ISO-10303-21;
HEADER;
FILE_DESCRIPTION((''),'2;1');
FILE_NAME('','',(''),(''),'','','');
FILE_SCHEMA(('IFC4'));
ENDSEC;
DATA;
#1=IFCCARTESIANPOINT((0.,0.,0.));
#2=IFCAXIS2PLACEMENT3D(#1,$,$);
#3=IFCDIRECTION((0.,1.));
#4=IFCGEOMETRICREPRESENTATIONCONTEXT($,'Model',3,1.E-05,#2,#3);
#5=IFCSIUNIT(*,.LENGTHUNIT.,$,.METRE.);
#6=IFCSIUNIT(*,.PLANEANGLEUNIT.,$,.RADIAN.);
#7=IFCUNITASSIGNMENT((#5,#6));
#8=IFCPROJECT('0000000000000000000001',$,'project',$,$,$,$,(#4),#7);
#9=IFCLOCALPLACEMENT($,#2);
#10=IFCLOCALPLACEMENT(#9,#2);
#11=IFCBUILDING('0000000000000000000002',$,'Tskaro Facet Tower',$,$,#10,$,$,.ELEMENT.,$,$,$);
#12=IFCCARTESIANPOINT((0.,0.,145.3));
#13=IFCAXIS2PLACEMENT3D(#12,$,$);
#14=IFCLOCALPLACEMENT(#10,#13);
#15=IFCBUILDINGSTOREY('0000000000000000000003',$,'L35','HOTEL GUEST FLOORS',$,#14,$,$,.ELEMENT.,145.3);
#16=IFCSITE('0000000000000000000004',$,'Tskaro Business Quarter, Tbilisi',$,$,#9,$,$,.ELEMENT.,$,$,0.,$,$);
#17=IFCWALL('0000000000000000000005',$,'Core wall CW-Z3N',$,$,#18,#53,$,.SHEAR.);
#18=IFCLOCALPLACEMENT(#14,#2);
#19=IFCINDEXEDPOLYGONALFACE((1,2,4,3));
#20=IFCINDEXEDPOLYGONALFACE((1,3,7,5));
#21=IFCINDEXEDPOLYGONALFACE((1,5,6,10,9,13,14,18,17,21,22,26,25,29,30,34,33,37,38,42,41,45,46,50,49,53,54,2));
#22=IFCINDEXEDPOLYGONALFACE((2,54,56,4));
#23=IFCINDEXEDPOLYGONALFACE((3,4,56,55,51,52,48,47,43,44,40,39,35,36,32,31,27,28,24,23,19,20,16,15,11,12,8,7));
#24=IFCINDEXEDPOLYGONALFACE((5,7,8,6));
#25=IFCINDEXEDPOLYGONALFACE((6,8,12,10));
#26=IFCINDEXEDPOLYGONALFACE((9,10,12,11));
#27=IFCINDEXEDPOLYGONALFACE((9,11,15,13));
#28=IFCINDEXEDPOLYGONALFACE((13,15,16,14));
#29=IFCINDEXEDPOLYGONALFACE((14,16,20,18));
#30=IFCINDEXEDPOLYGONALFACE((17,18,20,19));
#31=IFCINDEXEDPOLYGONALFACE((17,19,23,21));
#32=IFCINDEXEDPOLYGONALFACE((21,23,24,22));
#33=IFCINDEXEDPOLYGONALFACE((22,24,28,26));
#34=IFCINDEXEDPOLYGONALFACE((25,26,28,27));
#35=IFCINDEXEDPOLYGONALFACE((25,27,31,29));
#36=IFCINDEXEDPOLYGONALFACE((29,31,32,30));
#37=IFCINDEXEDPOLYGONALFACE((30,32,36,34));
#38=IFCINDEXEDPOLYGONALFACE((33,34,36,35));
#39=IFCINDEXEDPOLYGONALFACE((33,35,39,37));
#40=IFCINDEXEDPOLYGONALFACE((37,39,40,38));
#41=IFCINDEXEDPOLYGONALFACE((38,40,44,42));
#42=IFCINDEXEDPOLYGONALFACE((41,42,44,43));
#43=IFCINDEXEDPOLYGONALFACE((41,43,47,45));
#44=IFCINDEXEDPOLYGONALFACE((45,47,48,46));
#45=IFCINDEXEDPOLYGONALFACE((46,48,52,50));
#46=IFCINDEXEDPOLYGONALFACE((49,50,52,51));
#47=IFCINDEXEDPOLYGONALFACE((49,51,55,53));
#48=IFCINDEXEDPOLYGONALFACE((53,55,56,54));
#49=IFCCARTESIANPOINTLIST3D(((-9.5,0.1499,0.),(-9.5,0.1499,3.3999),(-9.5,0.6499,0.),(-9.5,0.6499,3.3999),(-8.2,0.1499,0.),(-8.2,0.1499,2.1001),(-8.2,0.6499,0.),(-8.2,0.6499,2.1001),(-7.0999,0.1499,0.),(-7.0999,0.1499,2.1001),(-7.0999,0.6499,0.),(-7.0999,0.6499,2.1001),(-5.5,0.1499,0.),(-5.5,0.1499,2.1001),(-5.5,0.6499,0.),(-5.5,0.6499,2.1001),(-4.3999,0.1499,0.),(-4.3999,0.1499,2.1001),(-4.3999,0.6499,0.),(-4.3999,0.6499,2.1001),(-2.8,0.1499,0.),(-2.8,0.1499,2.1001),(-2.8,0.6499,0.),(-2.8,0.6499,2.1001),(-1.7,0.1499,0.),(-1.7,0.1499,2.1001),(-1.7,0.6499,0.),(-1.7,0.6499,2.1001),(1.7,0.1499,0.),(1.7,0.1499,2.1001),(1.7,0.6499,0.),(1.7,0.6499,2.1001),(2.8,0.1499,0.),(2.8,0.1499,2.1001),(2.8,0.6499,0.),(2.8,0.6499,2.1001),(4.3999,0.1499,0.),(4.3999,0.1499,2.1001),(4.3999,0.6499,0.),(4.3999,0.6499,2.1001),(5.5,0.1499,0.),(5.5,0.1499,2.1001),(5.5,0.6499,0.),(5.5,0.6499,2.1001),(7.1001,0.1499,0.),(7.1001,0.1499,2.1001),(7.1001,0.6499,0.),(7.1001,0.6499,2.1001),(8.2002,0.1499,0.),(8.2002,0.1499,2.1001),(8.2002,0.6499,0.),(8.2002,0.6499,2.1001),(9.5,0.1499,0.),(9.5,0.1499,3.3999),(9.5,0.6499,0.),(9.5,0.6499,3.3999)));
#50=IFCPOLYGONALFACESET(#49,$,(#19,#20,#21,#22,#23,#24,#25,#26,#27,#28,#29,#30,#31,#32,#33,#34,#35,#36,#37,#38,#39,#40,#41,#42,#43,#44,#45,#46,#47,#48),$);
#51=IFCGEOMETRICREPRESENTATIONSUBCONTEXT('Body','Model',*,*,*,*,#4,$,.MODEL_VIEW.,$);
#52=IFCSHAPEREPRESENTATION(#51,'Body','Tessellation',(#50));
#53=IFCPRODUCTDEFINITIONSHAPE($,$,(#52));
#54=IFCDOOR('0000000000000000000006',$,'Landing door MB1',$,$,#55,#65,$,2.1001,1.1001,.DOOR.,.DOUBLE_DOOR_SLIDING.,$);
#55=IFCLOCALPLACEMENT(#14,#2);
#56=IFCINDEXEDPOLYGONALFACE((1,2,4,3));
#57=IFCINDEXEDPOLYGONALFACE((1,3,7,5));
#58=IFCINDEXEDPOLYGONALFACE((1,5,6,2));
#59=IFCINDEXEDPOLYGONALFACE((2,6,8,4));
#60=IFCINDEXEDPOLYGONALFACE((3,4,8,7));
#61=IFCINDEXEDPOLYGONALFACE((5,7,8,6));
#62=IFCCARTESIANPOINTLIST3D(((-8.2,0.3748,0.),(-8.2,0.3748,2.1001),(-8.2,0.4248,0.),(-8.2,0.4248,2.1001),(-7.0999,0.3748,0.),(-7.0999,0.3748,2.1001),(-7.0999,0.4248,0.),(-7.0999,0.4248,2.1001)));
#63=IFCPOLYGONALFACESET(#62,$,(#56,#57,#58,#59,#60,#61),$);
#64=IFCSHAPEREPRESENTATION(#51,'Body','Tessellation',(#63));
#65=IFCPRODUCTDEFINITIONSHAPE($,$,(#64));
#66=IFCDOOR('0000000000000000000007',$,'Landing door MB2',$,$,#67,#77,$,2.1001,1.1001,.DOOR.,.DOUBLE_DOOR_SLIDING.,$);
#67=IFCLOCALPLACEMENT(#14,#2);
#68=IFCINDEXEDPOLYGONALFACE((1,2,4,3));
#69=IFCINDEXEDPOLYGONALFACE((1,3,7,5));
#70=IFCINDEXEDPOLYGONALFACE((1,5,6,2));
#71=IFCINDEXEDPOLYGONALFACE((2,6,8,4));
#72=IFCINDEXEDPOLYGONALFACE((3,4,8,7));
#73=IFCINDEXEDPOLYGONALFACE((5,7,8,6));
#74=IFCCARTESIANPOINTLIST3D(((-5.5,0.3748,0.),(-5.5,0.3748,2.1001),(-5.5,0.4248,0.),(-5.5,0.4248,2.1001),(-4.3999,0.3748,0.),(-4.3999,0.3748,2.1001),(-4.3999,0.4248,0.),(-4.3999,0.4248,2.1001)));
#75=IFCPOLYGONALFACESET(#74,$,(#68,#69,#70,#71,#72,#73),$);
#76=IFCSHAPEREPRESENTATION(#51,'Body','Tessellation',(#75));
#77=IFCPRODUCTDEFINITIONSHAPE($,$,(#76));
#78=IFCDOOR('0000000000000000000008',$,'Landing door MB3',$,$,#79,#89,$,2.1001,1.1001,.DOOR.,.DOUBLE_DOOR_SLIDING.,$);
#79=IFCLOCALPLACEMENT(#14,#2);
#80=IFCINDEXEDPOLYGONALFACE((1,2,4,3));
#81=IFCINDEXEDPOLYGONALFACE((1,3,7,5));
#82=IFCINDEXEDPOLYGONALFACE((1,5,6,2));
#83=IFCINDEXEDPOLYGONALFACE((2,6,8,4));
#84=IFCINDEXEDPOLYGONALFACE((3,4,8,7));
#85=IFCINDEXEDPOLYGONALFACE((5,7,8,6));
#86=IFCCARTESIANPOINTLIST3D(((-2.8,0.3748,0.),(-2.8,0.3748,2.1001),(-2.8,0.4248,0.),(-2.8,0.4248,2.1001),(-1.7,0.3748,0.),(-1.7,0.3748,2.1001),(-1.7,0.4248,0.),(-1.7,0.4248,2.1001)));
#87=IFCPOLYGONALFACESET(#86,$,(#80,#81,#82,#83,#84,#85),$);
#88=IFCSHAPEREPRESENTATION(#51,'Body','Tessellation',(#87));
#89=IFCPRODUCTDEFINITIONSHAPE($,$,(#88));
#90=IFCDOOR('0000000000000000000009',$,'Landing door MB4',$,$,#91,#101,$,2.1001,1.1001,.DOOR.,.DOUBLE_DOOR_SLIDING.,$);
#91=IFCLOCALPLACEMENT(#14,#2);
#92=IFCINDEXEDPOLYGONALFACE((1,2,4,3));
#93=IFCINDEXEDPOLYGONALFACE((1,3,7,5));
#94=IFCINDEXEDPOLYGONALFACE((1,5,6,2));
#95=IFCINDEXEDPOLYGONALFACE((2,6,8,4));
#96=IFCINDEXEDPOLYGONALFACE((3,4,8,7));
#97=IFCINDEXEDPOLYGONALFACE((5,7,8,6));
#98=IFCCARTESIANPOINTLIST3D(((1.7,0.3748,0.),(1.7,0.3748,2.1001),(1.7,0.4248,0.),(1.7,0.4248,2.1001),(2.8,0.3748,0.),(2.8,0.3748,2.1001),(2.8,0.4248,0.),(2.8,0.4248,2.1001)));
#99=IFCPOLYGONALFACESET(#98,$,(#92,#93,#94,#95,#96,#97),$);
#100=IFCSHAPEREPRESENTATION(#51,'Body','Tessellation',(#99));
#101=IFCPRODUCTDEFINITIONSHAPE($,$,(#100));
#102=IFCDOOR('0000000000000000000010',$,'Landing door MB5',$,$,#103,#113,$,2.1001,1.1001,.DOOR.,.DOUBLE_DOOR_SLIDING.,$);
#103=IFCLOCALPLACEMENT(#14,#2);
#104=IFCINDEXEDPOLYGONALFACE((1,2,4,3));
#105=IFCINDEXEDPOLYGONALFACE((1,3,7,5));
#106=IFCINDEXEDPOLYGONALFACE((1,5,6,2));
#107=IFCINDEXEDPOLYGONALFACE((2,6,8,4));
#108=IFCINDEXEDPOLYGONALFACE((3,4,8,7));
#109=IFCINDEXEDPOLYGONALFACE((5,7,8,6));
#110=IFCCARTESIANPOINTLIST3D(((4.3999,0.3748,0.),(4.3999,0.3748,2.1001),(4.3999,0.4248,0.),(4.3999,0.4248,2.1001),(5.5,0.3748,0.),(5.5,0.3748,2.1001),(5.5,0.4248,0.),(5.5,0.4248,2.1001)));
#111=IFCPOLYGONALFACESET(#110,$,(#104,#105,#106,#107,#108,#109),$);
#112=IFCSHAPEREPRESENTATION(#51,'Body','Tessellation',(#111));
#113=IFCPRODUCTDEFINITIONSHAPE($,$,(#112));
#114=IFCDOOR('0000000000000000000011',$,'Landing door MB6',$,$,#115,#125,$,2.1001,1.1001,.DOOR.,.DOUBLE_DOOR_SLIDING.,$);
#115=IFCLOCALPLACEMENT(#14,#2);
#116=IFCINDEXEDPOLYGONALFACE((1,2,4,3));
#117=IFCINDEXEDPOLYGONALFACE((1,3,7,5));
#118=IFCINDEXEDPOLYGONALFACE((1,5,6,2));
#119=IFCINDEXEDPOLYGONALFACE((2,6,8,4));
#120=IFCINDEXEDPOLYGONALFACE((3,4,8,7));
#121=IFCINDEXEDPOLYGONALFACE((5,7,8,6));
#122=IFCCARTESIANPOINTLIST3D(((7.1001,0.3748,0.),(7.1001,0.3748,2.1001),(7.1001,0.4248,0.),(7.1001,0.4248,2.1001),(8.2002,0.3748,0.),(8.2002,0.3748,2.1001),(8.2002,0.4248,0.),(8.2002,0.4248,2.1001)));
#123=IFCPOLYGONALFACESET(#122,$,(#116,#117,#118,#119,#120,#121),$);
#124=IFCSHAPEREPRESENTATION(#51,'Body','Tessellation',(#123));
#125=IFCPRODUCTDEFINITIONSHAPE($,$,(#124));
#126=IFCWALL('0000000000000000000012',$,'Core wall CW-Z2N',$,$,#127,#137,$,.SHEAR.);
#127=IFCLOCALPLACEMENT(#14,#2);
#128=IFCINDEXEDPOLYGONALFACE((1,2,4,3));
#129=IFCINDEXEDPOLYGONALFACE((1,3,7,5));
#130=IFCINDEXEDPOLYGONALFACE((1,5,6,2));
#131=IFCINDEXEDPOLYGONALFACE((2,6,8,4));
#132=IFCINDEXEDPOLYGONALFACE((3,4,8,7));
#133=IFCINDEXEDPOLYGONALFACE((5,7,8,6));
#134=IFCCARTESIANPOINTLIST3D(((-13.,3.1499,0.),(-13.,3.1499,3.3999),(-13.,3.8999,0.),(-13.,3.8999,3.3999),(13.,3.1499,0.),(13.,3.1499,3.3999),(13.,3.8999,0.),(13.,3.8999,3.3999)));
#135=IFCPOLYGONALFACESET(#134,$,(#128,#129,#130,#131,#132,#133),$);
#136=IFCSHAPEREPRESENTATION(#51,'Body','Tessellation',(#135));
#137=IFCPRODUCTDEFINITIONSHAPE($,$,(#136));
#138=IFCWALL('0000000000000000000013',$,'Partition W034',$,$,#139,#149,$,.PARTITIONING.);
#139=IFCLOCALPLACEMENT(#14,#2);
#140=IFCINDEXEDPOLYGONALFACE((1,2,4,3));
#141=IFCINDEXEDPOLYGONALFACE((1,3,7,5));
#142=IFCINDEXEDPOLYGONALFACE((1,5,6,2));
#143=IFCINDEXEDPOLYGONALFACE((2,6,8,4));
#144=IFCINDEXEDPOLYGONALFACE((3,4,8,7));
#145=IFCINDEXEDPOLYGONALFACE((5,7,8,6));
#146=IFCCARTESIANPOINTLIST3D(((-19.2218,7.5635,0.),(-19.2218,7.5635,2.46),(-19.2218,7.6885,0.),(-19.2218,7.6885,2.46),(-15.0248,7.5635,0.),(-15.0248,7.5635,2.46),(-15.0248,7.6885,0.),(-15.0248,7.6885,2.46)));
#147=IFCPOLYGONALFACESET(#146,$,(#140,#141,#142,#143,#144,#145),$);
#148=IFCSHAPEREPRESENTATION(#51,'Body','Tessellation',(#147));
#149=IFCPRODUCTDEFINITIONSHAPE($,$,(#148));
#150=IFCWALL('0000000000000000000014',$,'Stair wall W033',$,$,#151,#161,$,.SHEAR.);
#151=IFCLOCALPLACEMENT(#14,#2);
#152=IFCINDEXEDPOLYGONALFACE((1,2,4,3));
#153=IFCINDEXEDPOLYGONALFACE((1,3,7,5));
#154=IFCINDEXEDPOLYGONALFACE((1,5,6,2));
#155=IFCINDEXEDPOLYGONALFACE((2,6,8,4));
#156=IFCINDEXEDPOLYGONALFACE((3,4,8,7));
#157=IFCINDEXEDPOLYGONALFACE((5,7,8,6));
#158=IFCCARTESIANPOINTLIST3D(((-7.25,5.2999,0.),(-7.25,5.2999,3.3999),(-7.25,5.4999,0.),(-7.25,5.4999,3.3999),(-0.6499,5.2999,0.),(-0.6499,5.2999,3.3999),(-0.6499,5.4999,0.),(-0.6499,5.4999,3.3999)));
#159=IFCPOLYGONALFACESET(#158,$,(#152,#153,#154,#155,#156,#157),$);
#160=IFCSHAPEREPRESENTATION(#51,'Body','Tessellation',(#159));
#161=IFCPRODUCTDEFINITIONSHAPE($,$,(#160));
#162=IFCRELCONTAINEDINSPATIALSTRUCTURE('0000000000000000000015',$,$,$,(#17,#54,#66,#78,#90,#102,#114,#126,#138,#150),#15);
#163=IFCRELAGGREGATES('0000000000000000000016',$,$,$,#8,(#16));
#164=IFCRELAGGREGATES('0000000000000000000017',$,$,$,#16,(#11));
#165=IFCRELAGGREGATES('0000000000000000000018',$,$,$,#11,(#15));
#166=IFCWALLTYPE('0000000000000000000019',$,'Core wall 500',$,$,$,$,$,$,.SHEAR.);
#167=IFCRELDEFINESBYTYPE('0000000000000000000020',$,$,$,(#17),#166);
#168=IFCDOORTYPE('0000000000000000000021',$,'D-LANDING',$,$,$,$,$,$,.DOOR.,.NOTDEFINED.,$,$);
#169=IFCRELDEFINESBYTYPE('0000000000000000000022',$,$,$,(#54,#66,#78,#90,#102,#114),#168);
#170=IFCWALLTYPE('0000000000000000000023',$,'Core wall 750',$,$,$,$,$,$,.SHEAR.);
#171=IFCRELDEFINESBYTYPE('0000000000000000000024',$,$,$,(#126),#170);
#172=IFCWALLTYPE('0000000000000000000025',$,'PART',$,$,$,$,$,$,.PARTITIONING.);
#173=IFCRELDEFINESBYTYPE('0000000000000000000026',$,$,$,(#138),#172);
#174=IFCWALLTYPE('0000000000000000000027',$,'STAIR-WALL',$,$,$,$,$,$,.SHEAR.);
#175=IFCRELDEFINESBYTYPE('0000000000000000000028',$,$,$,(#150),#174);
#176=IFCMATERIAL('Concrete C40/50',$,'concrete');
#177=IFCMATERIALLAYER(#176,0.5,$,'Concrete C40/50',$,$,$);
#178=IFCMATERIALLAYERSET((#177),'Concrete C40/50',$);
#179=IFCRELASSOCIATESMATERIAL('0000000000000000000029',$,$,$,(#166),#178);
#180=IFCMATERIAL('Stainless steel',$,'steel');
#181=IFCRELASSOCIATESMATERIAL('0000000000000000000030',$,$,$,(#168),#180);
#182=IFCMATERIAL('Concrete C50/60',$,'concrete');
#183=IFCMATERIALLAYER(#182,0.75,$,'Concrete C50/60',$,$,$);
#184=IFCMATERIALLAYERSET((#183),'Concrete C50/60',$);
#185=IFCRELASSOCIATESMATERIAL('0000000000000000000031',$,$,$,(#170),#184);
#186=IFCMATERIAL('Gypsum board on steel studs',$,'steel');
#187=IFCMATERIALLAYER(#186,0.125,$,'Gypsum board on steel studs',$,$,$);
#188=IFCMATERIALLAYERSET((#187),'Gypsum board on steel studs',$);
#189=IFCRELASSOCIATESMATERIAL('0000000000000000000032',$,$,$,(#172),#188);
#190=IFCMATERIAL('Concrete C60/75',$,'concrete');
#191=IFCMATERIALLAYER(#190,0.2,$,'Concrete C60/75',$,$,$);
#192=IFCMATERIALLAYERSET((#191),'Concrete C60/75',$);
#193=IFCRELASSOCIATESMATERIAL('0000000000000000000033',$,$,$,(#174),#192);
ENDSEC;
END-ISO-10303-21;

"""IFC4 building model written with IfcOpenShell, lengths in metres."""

from ifc_helpers import new_model, si_unit, direction, frame, frame_2d, origin, place, context, subcontext, project, spatial, rectangle, extrude, material, layer, layer_set, type_object, element, fill, save


model = new_model("IFC4")

# Units and contexts
model_context = context("Model", 3, precision=1e-05, world=origin(), true_north=direction((0.0, 1.0)))
body_context = subcontext(model_context, "Body", "Model", "MODEL_VIEW")
ifc_project = project(units=[si_unit("LENGTHUNIT", "METRE"), si_unit("PLANEANGLEUNIT", "RADIAN")], contexts=[model_context])

# Site, building, storey
site_placement = place(None, origin())
site = spatial("IfcSite", under=ifc_project, at=site_placement, Name="Tskaro Business Quarter, Tbilisi", CompositionType="ELEMENT", RefElevation=0.0)
building_placement = place(site_placement, origin())
building = spatial("IfcBuilding", under=site, at=building_placement, Name="Tskaro Facet Tower", CompositionType="ELEMENT")
storey_placement = place(building_placement, frame((0.0, 0.0, 145.3)))
storey = spatial("IfcBuildingStorey", under=building, at=storey_placement, Name="L35", Description="HOTEL GUEST FLOORS", CompositionType="ELEMENT", Elevation=145.3)

# Shared definitions
ifc_material_1 = material(Name="Concrete C60/75", Category="concrete")

# Wall, openings, doors
ifc_material_2 = material(Name="Concrete C40/50", Category="concrete")
ifc_layer_1 = layer(ifc_material_2, 0.5, Name="Concrete C40/50")
ifc_layer_set_1 = layer_set([ifc_layer_1], Name="Concrete C40/50")
wall_type_1 = type_object("IfcWallType", Name="Core wall 500", PredefinedType="SHEAR", material=ifc_layer_set_1)
wall_1_placement = place(storey_placement, frame((-9.5, 0.3999, 0.0), z_axis=(0.0, 0.0, 1.0), x_axis=(1.0, 0.0, 0.0)))
wall_1 = element("IfcWall", 1, at=wall_1_placement, inside=storey, type_object=wall_type_1, Name="Core wall CW-Z3N", PredefinedType="SHEAR", context=body_context, shape_type="SweptSolid", body=[
    extrude(rectangle(XDim=19.0, YDim=0.5, at=frame_2d((9.5, 0.0))), origin(), (0.0, 0.0, 1.0), 3.3999),
])
opening_1_placement = place(wall_1_placement, frame((1.3, 0.0, 0.0)))
opening_1 = element("IfcOpeningElement", 2, at=opening_1_placement, cuts=wall_1, PredefinedType="OPENING", context=body_context, shape_type="SweptSolid", body=[
    extrude(rectangle(XDim=1.1001, YDim=2.1001, at=frame_2d((0.55, 1.05))), frame((0.0, 0.26, 0.0), z_axis=(0.0, -1.0, 0.0), x_axis=(1.0, 0.0, 0.0)), (0.0, 0.0, 1.0), 0.52),
])
opening_2_placement = place(wall_1_placement, frame((4.0, 0.0, 0.0)))
opening_2 = element("IfcOpeningElement", 3, at=opening_2_placement, cuts=wall_1, PredefinedType="OPENING", context=body_context, shape_type="SweptSolid", body=[
    extrude(rectangle(XDim=1.1001, YDim=2.1001, at=frame_2d((0.55, 1.05))), frame((0.0, 0.26, 0.0), z_axis=(0.0, -1.0, 0.0), x_axis=(1.0, 0.0, 0.0)), (0.0, 0.0, 1.0), 0.52),
])
opening_3_placement = place(wall_1_placement, frame((6.7, 0.0, 0.0)))
opening_3 = element("IfcOpeningElement", 4, at=opening_3_placement, cuts=wall_1, PredefinedType="OPENING", context=body_context, shape_type="SweptSolid", body=[
    extrude(rectangle(XDim=1.1001, YDim=2.1001, at=frame_2d((0.55, 1.05))), frame((0.0, 0.26, 0.0), z_axis=(0.0, -1.0, 0.0), x_axis=(1.0, 0.0, 0.0)), (0.0, 0.0, 1.0), 0.52),
])
opening_4_placement = place(wall_1_placement, frame((11.2, 0.0, 0.0)))
opening_4 = element("IfcOpeningElement", 5, at=opening_4_placement, cuts=wall_1, PredefinedType="OPENING", context=body_context, shape_type="SweptSolid", body=[
    extrude(rectangle(XDim=1.1001, YDim=2.1001, at=frame_2d((0.55, 1.05))), frame((0.0, 0.26, 0.0), z_axis=(0.0, -1.0, 0.0), x_axis=(1.0, 0.0, 0.0)), (0.0, 0.0, 1.0), 0.52),
])
opening_5_placement = place(wall_1_placement, frame((13.8999, 0.0, 0.0)))
opening_5 = element("IfcOpeningElement", 6, at=opening_5_placement, cuts=wall_1, PredefinedType="OPENING", context=body_context, shape_type="SweptSolid", body=[
    extrude(rectangle(XDim=1.1001, YDim=2.1001, at=frame_2d((0.55, 1.05))), frame((0.0, 0.26, 0.0), z_axis=(0.0, -1.0, 0.0), x_axis=(1.0, 0.0, 0.0)), (0.0, 0.0, 1.0), 0.52),
])
opening_6_placement = place(wall_1_placement, frame((16.6001, 0.0, 0.0)))
opening_6 = element("IfcOpeningElement", 7, at=opening_6_placement, cuts=wall_1, PredefinedType="OPENING", context=body_context, shape_type="SweptSolid", body=[
    extrude(rectangle(XDim=1.1001, YDim=2.1001, at=frame_2d((0.55, 1.05))), frame((0.0, 0.26, 0.0), z_axis=(0.0, -1.0, 0.0), x_axis=(1.0, 0.0, 0.0)), (0.0, 0.0, 1.0), 0.52),
])
ifc_material_3 = material(Name="Stainless steel", Category="steel")
door_type_1 = type_object("IfcDoorType", Name="D-LANDING", OperationType="NOTDEFINED", PredefinedType="DOOR", material=ifc_material_3)
door_1_placement = place(opening_1_placement, origin())
door_1 = element("IfcDoor", 8, at=door_1_placement, inside=storey, type_object=door_type_1, Name="Landing door MB1", OperationType="DOUBLE_DOOR_SLIDING", OverallHeight=2.1001, OverallWidth=1.1001, PredefinedType="DOOR", context=body_context, shape_type="SweptSolid", body=[
    extrude(rectangle(XDim=1.1001, YDim=2.1001, at=frame_2d((0.55, 1.05))), frame((0.0, 0.0249, 0.0), z_axis=(0.0, -1.0, 0.0), x_axis=(1.0, 0.0, 0.0)), (0.0, 0.0, 1.0), 0.05),
])
fill(opening_1, door_1)
door_2_placement = place(opening_2_placement, origin())
door_2 = element("IfcDoor", 9, at=door_2_placement, inside=storey, type_object=door_type_1, Name="Landing door MB2", OperationType="DOUBLE_DOOR_SLIDING", OverallHeight=2.1001, OverallWidth=1.1001, PredefinedType="DOOR", context=body_context, shape_type="SweptSolid", body=[
    extrude(rectangle(XDim=1.1001, YDim=2.1001, at=frame_2d((0.55, 1.05))), frame((0.0, 0.0249, 0.0), z_axis=(0.0, -1.0, 0.0), x_axis=(1.0, 0.0, 0.0)), (0.0, 0.0, 1.0), 0.05),
])
fill(opening_2, door_2)
door_3_placement = place(opening_3_placement, origin())
door_3 = element("IfcDoor", 10, at=door_3_placement, inside=storey, type_object=door_type_1, Name="Landing door MB3", OperationType="DOUBLE_DOOR_SLIDING", OverallHeight=2.1001, OverallWidth=1.1001, PredefinedType="DOOR", context=body_context, shape_type="SweptSolid", body=[
    extrude(rectangle(XDim=1.1001, YDim=2.1001, at=frame_2d((0.55, 1.05))), frame((0.0, 0.0249, 0.0), z_axis=(0.0, -1.0, 0.0), x_axis=(1.0, 0.0, 0.0)), (0.0, 0.0, 1.0), 0.05),
])
fill(opening_3, door_3)
door_4_placement = place(opening_4_placement, origin())
door_4 = element("IfcDoor", 11, at=door_4_placement, inside=storey, type_object=door_type_1, Name="Landing door MB4", OperationType="DOUBLE_DOOR_SLIDING", OverallHeight=2.1001, OverallWidth=1.1001, PredefinedType="DOOR", context=body_context, shape_type="SweptSolid", body=[
    extrude(rectangle(XDim=1.1001, YDim=2.1001, at=frame_2d((0.55, 1.05))), frame((0.0, 0.0249, 0.0), z_axis=(0.0, -1.0, 0.0), x_axis=(1.0, 0.0, 0.0)), (0.0, 0.0, 1.0), 0.05),
])
fill(opening_4, door_4)
door_5_placement = place(opening_5_placement, origin())
door_5 = element("IfcDoor", 12, at=door_5_placement, inside=storey, type_object=door_type_1, Name="Landing door MB5", OperationType="DOUBLE_DOOR_SLIDING", OverallHeight=2.1001, OverallWidth=1.1001, PredefinedType="DOOR", context=body_context, shape_type="SweptSolid", body=[
    extrude(rectangle(XDim=1.1001, YDim=2.1001, at=frame_2d((0.55, 1.05))), frame((0.0, 0.0249, 0.0), z_axis=(0.0, -1.0, 0.0), x_axis=(1.0, 0.0, 0.0)), (0.0, 0.0, 1.0), 0.05),
])
fill(opening_5, door_5)
door_6_placement = place(opening_6_placement, origin())
door_6 = element("IfcDoor", 13, at=door_6_placement, inside=storey, type_object=door_type_1, Name="Landing door MB6", OperationType="DOUBLE_DOOR_SLIDING", OverallHeight=2.1001, OverallWidth=1.1001, PredefinedType="DOOR", context=body_context, shape_type="SweptSolid", body=[
    extrude(rectangle(XDim=1.1001, YDim=2.1001, at=frame_2d((0.55, 1.05))), frame((0.0, 0.0249, 0.0), z_axis=(0.0, -1.0, 0.0), x_axis=(1.0, 0.0, 0.0)), (0.0, 0.0, 1.0), 0.05),
])
fill(opening_6, door_6)

# Walls
ifc_material_4 = material(Name="Concrete C50/60", Category="concrete")
ifc_layer_2 = layer(ifc_material_4, 0.75, Name="Concrete C50/60")
ifc_layer_set_2 = layer_set([ifc_layer_2], Name="Concrete C50/60")
wall_type_2 = type_object("IfcWallType", Name="Core wall 750", PredefinedType="SHEAR", material=ifc_layer_set_2)
wall_2_placement = place(storey_placement, frame((-13.0, 3.5249, 0.0), z_axis=(0.0, 0.0, 1.0), x_axis=(1.0, 0.0, 0.0)))
element("IfcWall", 14, at=wall_2_placement, inside=storey, type_object=wall_type_2, Name="Core wall CW-Z2N", PredefinedType="SHEAR", context=body_context, shape_type="SweptSolid", body=[
    extrude(rectangle(XDim=26.0, YDim=0.75, at=frame_2d((13.0, 0.0))), origin(), (0.0, 0.0, 1.0), 3.3999),
])
ifc_material_5 = material(Name="Gypsum board on steel studs", Category="steel")
ifc_layer_3 = layer(ifc_material_5, 0.125, Name="Gypsum board on steel studs")
ifc_layer_set_3 = layer_set([ifc_layer_3], Name="Gypsum board on steel studs")
wall_type_3 = type_object("IfcWallType", Name="PART", PredefinedType="PARTITIONING", material=ifc_layer_set_3)
wall_3_placement = place(storey_placement, frame((-19.2219, 7.626, 0.0), z_axis=(0.0, 0.0, 1.0), x_axis=(1.0, 0.0, 0.0)))
element("IfcWall", 15, at=wall_3_placement, inside=storey, type_object=wall_type_3, Name="Partition W034", PredefinedType="PARTITIONING", context=body_context, shape_type="SweptSolid", body=[
    extrude(rectangle(XDim=4.197, YDim=0.125, at=frame_2d((2.0986, 0.0))), origin(), (0.0, 0.0, 1.0), 2.46),
])
ifc_layer_4 = layer(ifc_material_1, 0.2, Name="Concrete C60/75")
ifc_layer_set_4 = layer_set([ifc_layer_4], Name="Concrete C60/75")
wall_type_4 = type_object("IfcWallType", Name="STAIR-WALL", PredefinedType="SHEAR", material=ifc_layer_set_4)
wall_4_placement = place(storey_placement, frame((-7.25, 5.3999, 0.0), z_axis=(0.0, 0.0, 1.0), x_axis=(1.0, 0.0, 0.0)))
element("IfcWall", 16, at=wall_4_placement, inside=storey, type_object=wall_type_4, Name="Stair wall W033", PredefinedType="SHEAR", context=body_context, shape_type="SweptSolid", body=[
    extrude(rectangle(XDim=6.6001, YDim=0.2, at=frame_2d((3.3, 0.0))), origin(), (0.0, 0.0, 1.0), 3.3999),
])

save(model, "model.ifc")
